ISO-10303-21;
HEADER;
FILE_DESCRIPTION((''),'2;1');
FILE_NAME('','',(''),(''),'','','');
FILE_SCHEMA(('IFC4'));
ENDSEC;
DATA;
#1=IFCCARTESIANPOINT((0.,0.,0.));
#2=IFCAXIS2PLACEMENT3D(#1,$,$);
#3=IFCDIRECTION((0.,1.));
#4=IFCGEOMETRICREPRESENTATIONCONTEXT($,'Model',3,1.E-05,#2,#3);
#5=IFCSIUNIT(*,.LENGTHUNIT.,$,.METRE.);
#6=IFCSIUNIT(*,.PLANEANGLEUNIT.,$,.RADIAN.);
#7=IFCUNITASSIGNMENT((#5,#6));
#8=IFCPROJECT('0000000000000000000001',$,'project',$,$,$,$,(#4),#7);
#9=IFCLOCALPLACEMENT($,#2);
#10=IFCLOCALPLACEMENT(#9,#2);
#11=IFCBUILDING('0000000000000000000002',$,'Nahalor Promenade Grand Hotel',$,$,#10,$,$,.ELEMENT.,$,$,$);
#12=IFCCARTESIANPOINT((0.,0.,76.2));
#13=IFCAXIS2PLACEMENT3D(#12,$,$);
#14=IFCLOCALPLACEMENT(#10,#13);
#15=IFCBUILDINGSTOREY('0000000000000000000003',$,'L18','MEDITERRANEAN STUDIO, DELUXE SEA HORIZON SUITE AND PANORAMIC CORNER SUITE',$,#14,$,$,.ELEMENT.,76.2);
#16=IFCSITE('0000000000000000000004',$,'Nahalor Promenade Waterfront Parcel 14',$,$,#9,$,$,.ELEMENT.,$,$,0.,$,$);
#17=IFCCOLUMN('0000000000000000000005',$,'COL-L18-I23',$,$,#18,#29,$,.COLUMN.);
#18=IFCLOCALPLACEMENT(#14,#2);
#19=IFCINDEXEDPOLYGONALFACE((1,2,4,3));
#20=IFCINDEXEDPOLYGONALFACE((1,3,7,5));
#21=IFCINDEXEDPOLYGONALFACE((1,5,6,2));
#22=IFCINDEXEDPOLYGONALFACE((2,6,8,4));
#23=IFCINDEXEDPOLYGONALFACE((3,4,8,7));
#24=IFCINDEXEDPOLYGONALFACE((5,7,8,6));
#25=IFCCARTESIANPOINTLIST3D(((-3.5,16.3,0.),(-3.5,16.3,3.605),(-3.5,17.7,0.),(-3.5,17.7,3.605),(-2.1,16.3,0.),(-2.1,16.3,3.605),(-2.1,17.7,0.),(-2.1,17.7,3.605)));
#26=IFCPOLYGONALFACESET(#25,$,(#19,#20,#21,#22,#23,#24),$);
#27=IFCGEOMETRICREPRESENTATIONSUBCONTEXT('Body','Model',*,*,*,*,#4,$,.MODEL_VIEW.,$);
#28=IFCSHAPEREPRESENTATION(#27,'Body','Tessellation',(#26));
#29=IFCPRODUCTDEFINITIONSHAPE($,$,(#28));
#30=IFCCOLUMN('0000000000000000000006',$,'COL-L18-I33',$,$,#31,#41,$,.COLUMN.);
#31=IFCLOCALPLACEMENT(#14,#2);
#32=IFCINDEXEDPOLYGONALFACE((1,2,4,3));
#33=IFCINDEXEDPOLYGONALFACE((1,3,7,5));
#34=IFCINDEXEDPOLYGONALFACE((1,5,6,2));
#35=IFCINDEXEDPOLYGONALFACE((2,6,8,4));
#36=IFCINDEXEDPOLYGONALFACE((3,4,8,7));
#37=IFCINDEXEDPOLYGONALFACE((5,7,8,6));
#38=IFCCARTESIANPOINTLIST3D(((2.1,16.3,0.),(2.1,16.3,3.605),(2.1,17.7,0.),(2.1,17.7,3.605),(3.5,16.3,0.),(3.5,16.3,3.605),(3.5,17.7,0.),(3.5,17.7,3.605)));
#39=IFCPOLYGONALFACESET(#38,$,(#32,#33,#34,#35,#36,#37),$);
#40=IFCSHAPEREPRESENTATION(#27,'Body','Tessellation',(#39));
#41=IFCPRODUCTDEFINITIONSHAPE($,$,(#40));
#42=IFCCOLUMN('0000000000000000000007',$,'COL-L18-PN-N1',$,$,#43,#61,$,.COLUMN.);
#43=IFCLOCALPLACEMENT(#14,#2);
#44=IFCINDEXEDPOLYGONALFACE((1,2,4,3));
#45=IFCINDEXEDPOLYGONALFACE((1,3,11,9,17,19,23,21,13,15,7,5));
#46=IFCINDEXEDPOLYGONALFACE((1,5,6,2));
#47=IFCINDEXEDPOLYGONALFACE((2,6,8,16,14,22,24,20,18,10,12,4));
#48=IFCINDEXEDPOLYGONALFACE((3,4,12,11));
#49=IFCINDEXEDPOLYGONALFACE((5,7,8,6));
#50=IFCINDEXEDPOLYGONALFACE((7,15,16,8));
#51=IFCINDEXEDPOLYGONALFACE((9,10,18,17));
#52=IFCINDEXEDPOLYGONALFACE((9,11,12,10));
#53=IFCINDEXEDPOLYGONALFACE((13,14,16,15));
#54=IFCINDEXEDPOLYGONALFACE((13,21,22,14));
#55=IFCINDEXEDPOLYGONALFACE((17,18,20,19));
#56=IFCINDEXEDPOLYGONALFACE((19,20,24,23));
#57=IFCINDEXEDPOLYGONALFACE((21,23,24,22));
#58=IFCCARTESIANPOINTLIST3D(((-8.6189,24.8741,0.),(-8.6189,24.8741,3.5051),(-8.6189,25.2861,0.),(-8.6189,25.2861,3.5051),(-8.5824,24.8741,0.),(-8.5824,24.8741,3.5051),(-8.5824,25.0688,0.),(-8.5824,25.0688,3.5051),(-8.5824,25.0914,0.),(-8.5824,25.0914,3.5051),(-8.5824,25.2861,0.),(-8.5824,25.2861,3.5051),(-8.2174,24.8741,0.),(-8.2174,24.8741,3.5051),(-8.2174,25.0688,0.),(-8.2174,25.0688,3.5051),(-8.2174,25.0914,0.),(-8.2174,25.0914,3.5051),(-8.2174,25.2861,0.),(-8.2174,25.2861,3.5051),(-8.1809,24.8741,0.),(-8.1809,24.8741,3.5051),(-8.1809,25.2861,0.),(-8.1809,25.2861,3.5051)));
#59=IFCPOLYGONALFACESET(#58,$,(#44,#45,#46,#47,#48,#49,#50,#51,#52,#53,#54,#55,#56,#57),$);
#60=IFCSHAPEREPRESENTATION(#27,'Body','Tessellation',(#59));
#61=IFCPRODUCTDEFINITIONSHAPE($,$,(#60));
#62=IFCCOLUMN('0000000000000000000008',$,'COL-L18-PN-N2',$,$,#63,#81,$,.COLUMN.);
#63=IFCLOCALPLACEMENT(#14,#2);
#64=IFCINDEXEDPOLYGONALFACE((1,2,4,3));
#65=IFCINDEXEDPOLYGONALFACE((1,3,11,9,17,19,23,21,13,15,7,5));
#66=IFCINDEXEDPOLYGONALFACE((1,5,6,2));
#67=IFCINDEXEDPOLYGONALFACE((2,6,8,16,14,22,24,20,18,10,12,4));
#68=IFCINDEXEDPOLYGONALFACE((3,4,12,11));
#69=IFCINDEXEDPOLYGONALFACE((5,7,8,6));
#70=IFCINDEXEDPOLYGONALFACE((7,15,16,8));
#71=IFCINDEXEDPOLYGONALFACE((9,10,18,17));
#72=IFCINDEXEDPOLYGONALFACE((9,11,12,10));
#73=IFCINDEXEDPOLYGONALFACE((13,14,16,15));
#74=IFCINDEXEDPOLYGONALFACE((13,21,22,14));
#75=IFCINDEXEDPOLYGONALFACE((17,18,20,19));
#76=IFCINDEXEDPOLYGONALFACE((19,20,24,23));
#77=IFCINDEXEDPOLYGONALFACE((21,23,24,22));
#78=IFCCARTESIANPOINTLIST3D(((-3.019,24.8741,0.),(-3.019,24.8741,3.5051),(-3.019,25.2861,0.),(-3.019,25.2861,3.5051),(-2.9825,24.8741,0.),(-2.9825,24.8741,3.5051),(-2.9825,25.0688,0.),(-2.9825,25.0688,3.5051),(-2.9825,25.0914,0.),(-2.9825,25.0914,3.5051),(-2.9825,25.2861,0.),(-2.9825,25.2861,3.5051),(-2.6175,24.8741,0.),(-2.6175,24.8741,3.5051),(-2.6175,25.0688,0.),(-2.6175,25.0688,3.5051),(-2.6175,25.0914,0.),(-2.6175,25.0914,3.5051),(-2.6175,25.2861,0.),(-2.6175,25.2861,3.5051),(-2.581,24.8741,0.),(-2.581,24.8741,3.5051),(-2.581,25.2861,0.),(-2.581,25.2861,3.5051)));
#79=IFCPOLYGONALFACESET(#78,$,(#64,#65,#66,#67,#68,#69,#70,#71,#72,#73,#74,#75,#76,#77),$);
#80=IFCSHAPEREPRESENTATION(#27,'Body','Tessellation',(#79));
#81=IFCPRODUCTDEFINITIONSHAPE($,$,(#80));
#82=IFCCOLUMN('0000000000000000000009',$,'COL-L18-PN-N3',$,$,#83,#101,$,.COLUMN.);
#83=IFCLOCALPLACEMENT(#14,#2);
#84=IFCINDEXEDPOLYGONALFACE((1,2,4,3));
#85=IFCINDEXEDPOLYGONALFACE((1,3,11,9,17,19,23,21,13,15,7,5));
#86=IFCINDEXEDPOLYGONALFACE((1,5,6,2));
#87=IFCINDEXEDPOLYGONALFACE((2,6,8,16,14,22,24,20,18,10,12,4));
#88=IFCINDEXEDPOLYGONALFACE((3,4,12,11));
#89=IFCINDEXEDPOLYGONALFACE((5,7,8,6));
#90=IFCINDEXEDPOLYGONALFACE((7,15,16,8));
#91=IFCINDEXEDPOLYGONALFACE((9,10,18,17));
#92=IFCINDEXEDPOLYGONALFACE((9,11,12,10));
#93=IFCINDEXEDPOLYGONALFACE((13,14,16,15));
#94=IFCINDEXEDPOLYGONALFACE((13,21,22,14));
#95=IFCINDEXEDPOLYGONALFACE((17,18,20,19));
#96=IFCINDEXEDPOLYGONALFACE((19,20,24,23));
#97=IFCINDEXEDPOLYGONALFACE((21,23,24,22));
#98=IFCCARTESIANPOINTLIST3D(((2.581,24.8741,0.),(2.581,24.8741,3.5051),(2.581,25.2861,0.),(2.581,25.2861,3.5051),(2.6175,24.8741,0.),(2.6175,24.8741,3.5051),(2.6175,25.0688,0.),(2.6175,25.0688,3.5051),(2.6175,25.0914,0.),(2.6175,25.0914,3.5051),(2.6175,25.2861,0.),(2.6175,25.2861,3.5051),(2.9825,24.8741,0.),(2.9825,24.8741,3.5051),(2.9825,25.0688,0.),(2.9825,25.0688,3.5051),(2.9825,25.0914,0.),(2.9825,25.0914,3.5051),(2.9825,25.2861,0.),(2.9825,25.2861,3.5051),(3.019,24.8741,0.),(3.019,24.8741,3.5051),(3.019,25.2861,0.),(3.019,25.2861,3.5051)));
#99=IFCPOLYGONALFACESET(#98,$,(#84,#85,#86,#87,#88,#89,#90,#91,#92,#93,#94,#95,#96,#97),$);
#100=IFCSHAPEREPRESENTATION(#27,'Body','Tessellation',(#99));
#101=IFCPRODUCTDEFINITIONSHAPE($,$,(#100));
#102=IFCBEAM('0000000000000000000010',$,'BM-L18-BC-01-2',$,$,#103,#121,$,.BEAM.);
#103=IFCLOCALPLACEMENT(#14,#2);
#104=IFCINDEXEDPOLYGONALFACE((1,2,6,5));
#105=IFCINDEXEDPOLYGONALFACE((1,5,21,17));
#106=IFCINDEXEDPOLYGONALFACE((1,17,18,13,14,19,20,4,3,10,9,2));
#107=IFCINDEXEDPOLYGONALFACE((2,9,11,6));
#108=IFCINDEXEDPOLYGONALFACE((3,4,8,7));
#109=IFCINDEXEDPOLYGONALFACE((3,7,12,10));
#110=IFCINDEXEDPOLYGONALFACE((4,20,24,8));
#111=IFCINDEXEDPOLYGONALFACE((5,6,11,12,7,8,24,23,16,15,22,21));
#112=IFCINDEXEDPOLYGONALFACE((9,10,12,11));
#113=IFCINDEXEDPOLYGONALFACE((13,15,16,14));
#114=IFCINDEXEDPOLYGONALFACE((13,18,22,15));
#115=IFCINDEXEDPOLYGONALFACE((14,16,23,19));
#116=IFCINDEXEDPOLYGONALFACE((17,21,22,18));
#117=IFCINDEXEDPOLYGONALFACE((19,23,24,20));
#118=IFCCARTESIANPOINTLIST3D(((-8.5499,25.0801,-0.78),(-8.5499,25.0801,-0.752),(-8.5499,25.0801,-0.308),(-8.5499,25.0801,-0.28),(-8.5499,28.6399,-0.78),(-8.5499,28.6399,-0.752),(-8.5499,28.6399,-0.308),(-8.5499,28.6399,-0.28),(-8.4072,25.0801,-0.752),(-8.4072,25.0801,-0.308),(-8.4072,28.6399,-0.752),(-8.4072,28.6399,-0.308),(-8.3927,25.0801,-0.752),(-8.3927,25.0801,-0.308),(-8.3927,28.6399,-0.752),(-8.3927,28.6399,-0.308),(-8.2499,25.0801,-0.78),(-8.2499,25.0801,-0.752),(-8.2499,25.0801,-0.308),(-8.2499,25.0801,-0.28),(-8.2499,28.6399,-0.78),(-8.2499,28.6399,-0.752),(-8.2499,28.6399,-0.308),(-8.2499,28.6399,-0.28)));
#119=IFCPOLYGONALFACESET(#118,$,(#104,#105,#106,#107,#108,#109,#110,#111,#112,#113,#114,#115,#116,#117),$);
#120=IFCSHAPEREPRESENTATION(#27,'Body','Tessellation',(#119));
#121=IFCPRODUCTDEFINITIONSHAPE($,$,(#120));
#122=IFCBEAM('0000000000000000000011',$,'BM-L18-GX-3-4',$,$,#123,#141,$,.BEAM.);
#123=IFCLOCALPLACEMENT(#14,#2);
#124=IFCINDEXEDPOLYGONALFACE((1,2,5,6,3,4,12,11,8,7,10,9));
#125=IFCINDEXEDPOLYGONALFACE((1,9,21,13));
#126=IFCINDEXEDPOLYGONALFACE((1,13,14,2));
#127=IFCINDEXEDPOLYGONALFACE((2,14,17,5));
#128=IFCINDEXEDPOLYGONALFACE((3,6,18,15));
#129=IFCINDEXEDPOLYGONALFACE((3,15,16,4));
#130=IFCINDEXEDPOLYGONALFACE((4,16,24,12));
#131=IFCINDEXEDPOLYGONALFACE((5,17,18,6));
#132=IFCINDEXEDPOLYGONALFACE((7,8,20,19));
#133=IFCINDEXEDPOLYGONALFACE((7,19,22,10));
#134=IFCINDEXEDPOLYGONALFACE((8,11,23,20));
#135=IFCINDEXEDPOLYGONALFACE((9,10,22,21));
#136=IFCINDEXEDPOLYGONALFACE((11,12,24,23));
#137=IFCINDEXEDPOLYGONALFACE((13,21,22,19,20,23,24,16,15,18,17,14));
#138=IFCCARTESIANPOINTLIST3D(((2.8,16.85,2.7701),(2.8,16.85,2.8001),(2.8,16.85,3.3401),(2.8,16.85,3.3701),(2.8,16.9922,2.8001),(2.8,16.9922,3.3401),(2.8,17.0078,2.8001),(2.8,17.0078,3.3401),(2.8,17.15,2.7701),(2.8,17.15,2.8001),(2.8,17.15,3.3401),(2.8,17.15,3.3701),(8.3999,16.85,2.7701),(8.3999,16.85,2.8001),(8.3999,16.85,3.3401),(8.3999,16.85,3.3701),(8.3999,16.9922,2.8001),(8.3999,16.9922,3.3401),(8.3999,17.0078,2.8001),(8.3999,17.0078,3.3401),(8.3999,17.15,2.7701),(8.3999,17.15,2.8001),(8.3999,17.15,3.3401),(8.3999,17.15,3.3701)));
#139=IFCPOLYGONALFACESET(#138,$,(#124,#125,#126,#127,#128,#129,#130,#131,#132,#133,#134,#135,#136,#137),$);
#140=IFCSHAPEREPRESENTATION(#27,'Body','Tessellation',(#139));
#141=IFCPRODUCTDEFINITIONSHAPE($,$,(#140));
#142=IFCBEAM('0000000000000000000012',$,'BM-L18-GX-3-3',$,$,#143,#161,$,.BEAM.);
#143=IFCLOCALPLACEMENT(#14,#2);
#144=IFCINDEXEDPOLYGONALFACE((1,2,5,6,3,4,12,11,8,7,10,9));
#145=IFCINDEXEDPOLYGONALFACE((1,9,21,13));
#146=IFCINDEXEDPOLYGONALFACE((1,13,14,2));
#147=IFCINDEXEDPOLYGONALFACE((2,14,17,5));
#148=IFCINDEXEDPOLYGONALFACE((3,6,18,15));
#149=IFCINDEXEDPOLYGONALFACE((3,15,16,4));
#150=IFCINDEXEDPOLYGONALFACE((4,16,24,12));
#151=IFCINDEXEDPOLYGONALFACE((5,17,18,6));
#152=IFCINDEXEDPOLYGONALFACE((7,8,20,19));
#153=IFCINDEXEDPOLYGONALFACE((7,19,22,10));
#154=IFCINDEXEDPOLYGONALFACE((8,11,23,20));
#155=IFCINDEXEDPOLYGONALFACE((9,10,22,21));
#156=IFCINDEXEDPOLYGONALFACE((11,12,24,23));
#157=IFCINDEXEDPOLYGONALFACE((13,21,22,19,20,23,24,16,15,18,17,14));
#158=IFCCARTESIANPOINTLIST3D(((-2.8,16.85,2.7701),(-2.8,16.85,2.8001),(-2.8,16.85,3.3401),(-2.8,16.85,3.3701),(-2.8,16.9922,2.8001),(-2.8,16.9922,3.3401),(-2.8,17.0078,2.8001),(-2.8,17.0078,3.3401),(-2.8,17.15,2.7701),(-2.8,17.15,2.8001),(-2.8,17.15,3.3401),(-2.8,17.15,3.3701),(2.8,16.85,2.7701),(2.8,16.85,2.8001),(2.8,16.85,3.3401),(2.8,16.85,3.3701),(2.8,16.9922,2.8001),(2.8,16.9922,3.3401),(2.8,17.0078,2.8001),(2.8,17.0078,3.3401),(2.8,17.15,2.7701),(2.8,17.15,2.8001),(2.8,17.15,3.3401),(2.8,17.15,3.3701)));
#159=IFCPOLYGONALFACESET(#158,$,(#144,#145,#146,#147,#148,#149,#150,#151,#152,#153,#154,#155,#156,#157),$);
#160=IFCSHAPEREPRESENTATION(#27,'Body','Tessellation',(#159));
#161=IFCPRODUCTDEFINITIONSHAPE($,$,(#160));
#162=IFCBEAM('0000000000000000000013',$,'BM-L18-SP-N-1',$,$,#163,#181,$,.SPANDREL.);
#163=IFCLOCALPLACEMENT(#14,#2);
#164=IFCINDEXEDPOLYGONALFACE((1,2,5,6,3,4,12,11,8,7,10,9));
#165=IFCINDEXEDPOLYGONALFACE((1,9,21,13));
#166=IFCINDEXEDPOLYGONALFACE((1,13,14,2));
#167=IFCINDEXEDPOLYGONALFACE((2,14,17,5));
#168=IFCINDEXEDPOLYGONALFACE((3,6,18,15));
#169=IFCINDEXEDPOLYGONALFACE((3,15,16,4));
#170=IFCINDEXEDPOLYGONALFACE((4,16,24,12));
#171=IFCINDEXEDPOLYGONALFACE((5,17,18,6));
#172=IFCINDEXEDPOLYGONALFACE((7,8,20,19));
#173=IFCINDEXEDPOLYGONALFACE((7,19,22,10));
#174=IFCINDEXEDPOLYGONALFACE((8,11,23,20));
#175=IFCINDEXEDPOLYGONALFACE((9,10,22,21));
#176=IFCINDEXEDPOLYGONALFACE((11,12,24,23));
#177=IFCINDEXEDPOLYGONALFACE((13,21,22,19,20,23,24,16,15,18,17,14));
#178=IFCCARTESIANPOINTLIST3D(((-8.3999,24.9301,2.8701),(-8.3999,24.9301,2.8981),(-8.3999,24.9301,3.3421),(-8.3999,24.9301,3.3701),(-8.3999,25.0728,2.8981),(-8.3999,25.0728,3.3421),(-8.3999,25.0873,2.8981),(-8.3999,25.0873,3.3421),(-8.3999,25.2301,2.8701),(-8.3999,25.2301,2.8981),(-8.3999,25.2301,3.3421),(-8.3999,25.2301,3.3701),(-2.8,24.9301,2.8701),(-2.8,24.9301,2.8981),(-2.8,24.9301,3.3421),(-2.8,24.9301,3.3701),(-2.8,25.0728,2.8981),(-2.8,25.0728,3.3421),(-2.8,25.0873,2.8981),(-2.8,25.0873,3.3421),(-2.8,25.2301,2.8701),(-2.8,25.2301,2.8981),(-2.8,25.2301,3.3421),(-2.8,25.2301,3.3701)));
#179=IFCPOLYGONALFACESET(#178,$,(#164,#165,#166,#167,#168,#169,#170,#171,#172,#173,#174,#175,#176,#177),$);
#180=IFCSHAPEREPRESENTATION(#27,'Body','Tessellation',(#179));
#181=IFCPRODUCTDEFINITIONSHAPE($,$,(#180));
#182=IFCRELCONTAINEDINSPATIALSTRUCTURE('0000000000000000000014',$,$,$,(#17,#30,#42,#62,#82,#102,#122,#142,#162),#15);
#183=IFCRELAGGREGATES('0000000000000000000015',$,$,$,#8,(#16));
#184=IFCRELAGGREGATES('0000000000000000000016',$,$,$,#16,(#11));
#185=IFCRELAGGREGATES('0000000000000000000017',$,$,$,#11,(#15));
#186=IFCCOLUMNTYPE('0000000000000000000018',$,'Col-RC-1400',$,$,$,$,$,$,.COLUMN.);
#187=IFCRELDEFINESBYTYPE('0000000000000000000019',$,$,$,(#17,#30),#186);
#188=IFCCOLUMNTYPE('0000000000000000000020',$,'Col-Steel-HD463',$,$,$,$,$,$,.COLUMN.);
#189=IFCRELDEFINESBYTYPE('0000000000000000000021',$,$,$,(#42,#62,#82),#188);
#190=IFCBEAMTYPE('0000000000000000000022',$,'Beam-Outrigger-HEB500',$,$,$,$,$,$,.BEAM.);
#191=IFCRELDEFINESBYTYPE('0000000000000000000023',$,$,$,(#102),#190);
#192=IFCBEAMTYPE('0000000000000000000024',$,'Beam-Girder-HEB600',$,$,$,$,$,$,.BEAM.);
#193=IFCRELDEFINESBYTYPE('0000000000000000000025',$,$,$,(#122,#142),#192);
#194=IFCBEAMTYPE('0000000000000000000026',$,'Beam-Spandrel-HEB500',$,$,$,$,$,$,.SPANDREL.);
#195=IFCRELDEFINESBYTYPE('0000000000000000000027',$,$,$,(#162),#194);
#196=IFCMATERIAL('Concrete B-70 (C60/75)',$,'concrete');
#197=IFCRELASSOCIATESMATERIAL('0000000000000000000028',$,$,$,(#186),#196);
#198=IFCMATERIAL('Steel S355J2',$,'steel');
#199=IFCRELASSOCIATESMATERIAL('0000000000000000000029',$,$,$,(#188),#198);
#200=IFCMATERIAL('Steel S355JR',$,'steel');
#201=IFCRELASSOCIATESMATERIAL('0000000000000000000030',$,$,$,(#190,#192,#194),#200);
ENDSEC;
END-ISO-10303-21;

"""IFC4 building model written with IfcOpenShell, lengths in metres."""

from ifc_helpers import new_model, si_unit, direction, frame, origin, origin_2d, place, context, subcontext, project, spatial, rectangle, i_section, extrude, source, transform, mapped, material, material_profile, profile_set, type_object, element, save


model = new_model("IFC4")

# Units and contexts
model_context = context("Model", 3, precision=1e-05, world=origin(), true_north=direction((0.0, 1.0)))
body_context = subcontext(model_context, "Body", "Model", "MODEL_VIEW")
ifc_project = project(units=[si_unit("LENGTHUNIT", "METRE"), si_unit("PLANEANGLEUNIT", "RADIAN")], contexts=[model_context])

# Site, building, storey
site_placement = place(None, origin())
site = spatial("IfcSite", under=ifc_project, at=site_placement, Name="Nahalor Promenade Waterfront Parcel 14", CompositionType="ELEMENT", RefElevation=0.0)
building_placement = place(site_placement, origin())
building = spatial("IfcBuilding", under=site, at=building_placement, Name="Nahalor Promenade Grand Hotel", CompositionType="ELEMENT")
storey_placement = place(building_placement, frame((0.0, 0.0, 76.2)))
storey = spatial("IfcBuildingStorey", under=building, at=storey_placement, Name="L18", Description="MEDITERRANEAN STUDIO, DELUXE SEA HORIZON SUITE AND PANORAMIC CORNER SUITE", CompositionType="ELEMENT", Elevation=76.2)

# Columns
ifc_material_1 = material(Name="Concrete B-70 (C60/75)", Category="concrete")
ifc_material_profile_1 = material_profile(ifc_material_1, rectangle(XDim=1.4, YDim=1.4, at=origin_2d()), Name="RC 1400x1400")
ifc_profile_set_1 = profile_set([ifc_material_profile_1], Name="Concrete B-70 (C60/75)")
column_type_1 = type_object("IfcColumnType", Name="Col-RC-1400", PredefinedType="COLUMN", material=ifc_profile_set_1)
shared_shape_1 = source(origin(), body_context, "Body", "SweptSolid", [
    extrude(rectangle(XDim=1.4, YDim=1.4, at=origin_2d()), origin(), (0.0, 0.0, 1.0), 3.605),
])
for number, where, z_axis, x_axis, name in (
    (1, (-2.8, 17.0, 0.0), (0.0, 0.0, 1.0), (1.0, 0.0, 0.0), "COL-L18-I23"),
    (2, (2.8, 17.0, 0.0), (0.0, 0.0, 1.0), (1.0, 0.0, 0.0), "COL-L18-I33"),
):
    element("IfcColumn", number, at=place(storey_placement, frame(where, z_axis=z_axis, x_axis=x_axis)), inside=storey, type_object=column_type_1, Name=name, PredefinedType="COLUMN", context=body_context, shape_type="MappedRepresentation", body=[
        mapped(shared_shape_1, transform((0.0, 0.0, 0.0), scale=1.0)),
    ])
ifc_material_2 = material(Name="Steel S355J2", Category="steel")
ifc_material_profile_2 = material_profile(ifc_material_2, i_section(OverallWidth=0.412, OverallDepth=0.438, WebThickness=0.0226, FlangeThickness=0.0365, at=origin_2d()), Name="HD 400x463")
ifc_profile_set_2 = profile_set([ifc_material_profile_2], Name="Steel S355J2")
column_type_2 = type_object("IfcColumnType", Name="Col-Steel-HD463", PredefinedType="COLUMN", material=ifc_profile_set_2)
shared_shape_2 = source(origin(), body_context, "Body", "SweptSolid", [
    extrude(i_section(OverallWidth=0.412, OverallDepth=0.438, WebThickness=0.0226, FlangeThickness=0.0365, at=origin_2d()), origin(), (0.0, 0.0, 1.0), 3.5051),
])
for number, where, z_axis, x_axis, name in (
    (3, (-8.3999, 25.0801, 0.0), (0.0, 0.0, 1.0), (0.0, 1.0, 0.0), "COL-L18-PN-N1"),
    (4, (-2.8, 25.0801, 0.0), (0.0, 0.0, 1.0), (0.0, 1.0, 0.0), "COL-L18-PN-N2"),
    (5, (2.8, 25.0801, 0.0), (0.0, 0.0, 1.0), (0.0, 1.0, 0.0), "COL-L18-PN-N3"),
):
    element("IfcColumn", number, at=place(storey_placement, frame(where, z_axis=z_axis, x_axis=x_axis)), inside=storey, type_object=column_type_2, Name=name, PredefinedType="COLUMN", context=body_context, shape_type="MappedRepresentation", body=[
        mapped(shared_shape_2, transform((0.0, 0.0, 0.0), scale=1.0)),
    ])

# Beams
ifc_material_3 = material(Name="Steel S355JR", Category="steel")
ifc_material_profile_3 = material_profile(ifc_material_3, i_section(OverallWidth=0.3, OverallDepth=0.5, WebThickness=0.0145, FlangeThickness=0.028, at=origin_2d()), Name="HEB 500")
ifc_profile_set_3 = profile_set([ifc_material_profile_3], Name="Steel S355JR")
beam_type_1 = type_object("IfcBeamType", Name="Beam-Outrigger-HEB500", PredefinedType="BEAM", material=ifc_profile_set_3)
shared_shape_3 = source(origin(), body_context, "Body", "SweptSolid", [
    extrude(i_section(OverallWidth=0.3, OverallDepth=0.5, WebThickness=0.0145, FlangeThickness=0.028, at=origin_2d()), origin(), (0.0, 0.0, 1.0), 3.5598),
])
beam_1_placement = place(storey_placement, frame((-8.3999, 25.0801, -0.53), z_axis=(0.0, 1.0, 0.0), x_axis=(-1.0, 0.0, 0.0)))
element("IfcBeam", 6, at=beam_1_placement, inside=storey, type_object=beam_type_1, Name="BM-L18-BC-01-2", PredefinedType="BEAM", context=body_context, shape_type="MappedRepresentation", body=[
    mapped(shared_shape_3, transform((0.0, 0.0, 0.0), scale=1.0)),
])
ifc_material_profile_4 = material_profile(ifc_material_3, i_section(OverallWidth=0.3, OverallDepth=0.6, WebThickness=0.0155, FlangeThickness=0.03, at=origin_2d()), Name="HEB 600")
ifc_profile_set_4 = profile_set([ifc_material_profile_4], Name="Steel S355JR")
beam_type_2 = type_object("IfcBeamType", Name="Beam-Girder-HEB600", PredefinedType="BEAM", material=ifc_profile_set_4)
shared_shape_4 = source(origin(), body_context, "Body", "SweptSolid", [
    extrude(i_section(OverallWidth=0.3, OverallDepth=0.6, WebThickness=0.0155, FlangeThickness=0.03, at=origin_2d()), origin(), (0.0, 0.0, 1.0), 5.5999),
])
beam_2_placement = place(storey_placement, frame((2.8, 17.0, 3.0701), z_axis=(1.0, 0.0, 0.0), x_axis=(0.0, 1.0, 0.0)))
element("IfcBeam", 7, at=beam_2_placement, inside=storey, type_object=beam_type_2, Name="BM-L18-GX-3-4", PredefinedType="BEAM", context=body_context, shape_type="MappedRepresentation", body=[
    mapped(shared_shape_4, transform((0.0, 0.0, 0.0), scale=1.0)),
])
shared_shape_5 = source(origin(), body_context, "Body", "SweptSolid", [
    extrude(i_section(OverallWidth=0.3, OverallDepth=0.6, WebThickness=0.0155, FlangeThickness=0.03, at=origin_2d()), origin(), (0.0, 0.0, 1.0), 5.6001),
])
beam_3_placement = place(storey_placement, frame((-2.8, 17.0, 3.0701), z_axis=(1.0, 0.0, 0.0), x_axis=(0.0, 1.0, 0.0)))
element("IfcBeam", 8, at=beam_3_placement, inside=storey, type_object=beam_type_2, Name="BM-L18-GX-3-3", PredefinedType="BEAM", context=body_context, shape_type="MappedRepresentation", body=[
    mapped(shared_shape_5, transform((0.0, 0.0, 0.0), scale=1.0)),
])
ifc_material_profile_5 = material_profile(ifc_material_3, i_section(OverallWidth=0.3, OverallDepth=0.5, WebThickness=0.0145, FlangeThickness=0.028, at=origin_2d()), Name="HEB 500")
ifc_profile_set_5 = profile_set([ifc_material_profile_5], Name="Steel S355JR")
beam_type_3 = type_object("IfcBeamType", Name="Beam-Spandrel-HEB500", PredefinedType="SPANDREL", material=ifc_profile_set_5)
shared_shape_6 = source(origin(), body_context, "Body", "SweptSolid", [
    extrude(i_section(OverallWidth=0.3, OverallDepth=0.5, WebThickness=0.0145, FlangeThickness=0.028, at=origin_2d()), origin(), (0.0, 0.0, 1.0), 5.5999),
])
for number, where, z_axis, x_axis, name in (
    (9, (-8.3999, 25.0801, 3.1201), (1.0, 0.0, 0.0), (0.0, 1.0, 0.0), "BM-L18-SP-N-1"),
):
    element("IfcBeam", number, at=place(storey_placement, frame(where, z_axis=z_axis, x_axis=x_axis)), inside=storey, type_object=beam_type_3, Name=name, PredefinedType="SPANDREL", context=body_context, shape_type="MappedRepresentation", body=[
        mapped(shared_shape_6, transform((0.0, 0.0, 0.0), scale=1.0)),
    ])

save(model, "model.ifc")
